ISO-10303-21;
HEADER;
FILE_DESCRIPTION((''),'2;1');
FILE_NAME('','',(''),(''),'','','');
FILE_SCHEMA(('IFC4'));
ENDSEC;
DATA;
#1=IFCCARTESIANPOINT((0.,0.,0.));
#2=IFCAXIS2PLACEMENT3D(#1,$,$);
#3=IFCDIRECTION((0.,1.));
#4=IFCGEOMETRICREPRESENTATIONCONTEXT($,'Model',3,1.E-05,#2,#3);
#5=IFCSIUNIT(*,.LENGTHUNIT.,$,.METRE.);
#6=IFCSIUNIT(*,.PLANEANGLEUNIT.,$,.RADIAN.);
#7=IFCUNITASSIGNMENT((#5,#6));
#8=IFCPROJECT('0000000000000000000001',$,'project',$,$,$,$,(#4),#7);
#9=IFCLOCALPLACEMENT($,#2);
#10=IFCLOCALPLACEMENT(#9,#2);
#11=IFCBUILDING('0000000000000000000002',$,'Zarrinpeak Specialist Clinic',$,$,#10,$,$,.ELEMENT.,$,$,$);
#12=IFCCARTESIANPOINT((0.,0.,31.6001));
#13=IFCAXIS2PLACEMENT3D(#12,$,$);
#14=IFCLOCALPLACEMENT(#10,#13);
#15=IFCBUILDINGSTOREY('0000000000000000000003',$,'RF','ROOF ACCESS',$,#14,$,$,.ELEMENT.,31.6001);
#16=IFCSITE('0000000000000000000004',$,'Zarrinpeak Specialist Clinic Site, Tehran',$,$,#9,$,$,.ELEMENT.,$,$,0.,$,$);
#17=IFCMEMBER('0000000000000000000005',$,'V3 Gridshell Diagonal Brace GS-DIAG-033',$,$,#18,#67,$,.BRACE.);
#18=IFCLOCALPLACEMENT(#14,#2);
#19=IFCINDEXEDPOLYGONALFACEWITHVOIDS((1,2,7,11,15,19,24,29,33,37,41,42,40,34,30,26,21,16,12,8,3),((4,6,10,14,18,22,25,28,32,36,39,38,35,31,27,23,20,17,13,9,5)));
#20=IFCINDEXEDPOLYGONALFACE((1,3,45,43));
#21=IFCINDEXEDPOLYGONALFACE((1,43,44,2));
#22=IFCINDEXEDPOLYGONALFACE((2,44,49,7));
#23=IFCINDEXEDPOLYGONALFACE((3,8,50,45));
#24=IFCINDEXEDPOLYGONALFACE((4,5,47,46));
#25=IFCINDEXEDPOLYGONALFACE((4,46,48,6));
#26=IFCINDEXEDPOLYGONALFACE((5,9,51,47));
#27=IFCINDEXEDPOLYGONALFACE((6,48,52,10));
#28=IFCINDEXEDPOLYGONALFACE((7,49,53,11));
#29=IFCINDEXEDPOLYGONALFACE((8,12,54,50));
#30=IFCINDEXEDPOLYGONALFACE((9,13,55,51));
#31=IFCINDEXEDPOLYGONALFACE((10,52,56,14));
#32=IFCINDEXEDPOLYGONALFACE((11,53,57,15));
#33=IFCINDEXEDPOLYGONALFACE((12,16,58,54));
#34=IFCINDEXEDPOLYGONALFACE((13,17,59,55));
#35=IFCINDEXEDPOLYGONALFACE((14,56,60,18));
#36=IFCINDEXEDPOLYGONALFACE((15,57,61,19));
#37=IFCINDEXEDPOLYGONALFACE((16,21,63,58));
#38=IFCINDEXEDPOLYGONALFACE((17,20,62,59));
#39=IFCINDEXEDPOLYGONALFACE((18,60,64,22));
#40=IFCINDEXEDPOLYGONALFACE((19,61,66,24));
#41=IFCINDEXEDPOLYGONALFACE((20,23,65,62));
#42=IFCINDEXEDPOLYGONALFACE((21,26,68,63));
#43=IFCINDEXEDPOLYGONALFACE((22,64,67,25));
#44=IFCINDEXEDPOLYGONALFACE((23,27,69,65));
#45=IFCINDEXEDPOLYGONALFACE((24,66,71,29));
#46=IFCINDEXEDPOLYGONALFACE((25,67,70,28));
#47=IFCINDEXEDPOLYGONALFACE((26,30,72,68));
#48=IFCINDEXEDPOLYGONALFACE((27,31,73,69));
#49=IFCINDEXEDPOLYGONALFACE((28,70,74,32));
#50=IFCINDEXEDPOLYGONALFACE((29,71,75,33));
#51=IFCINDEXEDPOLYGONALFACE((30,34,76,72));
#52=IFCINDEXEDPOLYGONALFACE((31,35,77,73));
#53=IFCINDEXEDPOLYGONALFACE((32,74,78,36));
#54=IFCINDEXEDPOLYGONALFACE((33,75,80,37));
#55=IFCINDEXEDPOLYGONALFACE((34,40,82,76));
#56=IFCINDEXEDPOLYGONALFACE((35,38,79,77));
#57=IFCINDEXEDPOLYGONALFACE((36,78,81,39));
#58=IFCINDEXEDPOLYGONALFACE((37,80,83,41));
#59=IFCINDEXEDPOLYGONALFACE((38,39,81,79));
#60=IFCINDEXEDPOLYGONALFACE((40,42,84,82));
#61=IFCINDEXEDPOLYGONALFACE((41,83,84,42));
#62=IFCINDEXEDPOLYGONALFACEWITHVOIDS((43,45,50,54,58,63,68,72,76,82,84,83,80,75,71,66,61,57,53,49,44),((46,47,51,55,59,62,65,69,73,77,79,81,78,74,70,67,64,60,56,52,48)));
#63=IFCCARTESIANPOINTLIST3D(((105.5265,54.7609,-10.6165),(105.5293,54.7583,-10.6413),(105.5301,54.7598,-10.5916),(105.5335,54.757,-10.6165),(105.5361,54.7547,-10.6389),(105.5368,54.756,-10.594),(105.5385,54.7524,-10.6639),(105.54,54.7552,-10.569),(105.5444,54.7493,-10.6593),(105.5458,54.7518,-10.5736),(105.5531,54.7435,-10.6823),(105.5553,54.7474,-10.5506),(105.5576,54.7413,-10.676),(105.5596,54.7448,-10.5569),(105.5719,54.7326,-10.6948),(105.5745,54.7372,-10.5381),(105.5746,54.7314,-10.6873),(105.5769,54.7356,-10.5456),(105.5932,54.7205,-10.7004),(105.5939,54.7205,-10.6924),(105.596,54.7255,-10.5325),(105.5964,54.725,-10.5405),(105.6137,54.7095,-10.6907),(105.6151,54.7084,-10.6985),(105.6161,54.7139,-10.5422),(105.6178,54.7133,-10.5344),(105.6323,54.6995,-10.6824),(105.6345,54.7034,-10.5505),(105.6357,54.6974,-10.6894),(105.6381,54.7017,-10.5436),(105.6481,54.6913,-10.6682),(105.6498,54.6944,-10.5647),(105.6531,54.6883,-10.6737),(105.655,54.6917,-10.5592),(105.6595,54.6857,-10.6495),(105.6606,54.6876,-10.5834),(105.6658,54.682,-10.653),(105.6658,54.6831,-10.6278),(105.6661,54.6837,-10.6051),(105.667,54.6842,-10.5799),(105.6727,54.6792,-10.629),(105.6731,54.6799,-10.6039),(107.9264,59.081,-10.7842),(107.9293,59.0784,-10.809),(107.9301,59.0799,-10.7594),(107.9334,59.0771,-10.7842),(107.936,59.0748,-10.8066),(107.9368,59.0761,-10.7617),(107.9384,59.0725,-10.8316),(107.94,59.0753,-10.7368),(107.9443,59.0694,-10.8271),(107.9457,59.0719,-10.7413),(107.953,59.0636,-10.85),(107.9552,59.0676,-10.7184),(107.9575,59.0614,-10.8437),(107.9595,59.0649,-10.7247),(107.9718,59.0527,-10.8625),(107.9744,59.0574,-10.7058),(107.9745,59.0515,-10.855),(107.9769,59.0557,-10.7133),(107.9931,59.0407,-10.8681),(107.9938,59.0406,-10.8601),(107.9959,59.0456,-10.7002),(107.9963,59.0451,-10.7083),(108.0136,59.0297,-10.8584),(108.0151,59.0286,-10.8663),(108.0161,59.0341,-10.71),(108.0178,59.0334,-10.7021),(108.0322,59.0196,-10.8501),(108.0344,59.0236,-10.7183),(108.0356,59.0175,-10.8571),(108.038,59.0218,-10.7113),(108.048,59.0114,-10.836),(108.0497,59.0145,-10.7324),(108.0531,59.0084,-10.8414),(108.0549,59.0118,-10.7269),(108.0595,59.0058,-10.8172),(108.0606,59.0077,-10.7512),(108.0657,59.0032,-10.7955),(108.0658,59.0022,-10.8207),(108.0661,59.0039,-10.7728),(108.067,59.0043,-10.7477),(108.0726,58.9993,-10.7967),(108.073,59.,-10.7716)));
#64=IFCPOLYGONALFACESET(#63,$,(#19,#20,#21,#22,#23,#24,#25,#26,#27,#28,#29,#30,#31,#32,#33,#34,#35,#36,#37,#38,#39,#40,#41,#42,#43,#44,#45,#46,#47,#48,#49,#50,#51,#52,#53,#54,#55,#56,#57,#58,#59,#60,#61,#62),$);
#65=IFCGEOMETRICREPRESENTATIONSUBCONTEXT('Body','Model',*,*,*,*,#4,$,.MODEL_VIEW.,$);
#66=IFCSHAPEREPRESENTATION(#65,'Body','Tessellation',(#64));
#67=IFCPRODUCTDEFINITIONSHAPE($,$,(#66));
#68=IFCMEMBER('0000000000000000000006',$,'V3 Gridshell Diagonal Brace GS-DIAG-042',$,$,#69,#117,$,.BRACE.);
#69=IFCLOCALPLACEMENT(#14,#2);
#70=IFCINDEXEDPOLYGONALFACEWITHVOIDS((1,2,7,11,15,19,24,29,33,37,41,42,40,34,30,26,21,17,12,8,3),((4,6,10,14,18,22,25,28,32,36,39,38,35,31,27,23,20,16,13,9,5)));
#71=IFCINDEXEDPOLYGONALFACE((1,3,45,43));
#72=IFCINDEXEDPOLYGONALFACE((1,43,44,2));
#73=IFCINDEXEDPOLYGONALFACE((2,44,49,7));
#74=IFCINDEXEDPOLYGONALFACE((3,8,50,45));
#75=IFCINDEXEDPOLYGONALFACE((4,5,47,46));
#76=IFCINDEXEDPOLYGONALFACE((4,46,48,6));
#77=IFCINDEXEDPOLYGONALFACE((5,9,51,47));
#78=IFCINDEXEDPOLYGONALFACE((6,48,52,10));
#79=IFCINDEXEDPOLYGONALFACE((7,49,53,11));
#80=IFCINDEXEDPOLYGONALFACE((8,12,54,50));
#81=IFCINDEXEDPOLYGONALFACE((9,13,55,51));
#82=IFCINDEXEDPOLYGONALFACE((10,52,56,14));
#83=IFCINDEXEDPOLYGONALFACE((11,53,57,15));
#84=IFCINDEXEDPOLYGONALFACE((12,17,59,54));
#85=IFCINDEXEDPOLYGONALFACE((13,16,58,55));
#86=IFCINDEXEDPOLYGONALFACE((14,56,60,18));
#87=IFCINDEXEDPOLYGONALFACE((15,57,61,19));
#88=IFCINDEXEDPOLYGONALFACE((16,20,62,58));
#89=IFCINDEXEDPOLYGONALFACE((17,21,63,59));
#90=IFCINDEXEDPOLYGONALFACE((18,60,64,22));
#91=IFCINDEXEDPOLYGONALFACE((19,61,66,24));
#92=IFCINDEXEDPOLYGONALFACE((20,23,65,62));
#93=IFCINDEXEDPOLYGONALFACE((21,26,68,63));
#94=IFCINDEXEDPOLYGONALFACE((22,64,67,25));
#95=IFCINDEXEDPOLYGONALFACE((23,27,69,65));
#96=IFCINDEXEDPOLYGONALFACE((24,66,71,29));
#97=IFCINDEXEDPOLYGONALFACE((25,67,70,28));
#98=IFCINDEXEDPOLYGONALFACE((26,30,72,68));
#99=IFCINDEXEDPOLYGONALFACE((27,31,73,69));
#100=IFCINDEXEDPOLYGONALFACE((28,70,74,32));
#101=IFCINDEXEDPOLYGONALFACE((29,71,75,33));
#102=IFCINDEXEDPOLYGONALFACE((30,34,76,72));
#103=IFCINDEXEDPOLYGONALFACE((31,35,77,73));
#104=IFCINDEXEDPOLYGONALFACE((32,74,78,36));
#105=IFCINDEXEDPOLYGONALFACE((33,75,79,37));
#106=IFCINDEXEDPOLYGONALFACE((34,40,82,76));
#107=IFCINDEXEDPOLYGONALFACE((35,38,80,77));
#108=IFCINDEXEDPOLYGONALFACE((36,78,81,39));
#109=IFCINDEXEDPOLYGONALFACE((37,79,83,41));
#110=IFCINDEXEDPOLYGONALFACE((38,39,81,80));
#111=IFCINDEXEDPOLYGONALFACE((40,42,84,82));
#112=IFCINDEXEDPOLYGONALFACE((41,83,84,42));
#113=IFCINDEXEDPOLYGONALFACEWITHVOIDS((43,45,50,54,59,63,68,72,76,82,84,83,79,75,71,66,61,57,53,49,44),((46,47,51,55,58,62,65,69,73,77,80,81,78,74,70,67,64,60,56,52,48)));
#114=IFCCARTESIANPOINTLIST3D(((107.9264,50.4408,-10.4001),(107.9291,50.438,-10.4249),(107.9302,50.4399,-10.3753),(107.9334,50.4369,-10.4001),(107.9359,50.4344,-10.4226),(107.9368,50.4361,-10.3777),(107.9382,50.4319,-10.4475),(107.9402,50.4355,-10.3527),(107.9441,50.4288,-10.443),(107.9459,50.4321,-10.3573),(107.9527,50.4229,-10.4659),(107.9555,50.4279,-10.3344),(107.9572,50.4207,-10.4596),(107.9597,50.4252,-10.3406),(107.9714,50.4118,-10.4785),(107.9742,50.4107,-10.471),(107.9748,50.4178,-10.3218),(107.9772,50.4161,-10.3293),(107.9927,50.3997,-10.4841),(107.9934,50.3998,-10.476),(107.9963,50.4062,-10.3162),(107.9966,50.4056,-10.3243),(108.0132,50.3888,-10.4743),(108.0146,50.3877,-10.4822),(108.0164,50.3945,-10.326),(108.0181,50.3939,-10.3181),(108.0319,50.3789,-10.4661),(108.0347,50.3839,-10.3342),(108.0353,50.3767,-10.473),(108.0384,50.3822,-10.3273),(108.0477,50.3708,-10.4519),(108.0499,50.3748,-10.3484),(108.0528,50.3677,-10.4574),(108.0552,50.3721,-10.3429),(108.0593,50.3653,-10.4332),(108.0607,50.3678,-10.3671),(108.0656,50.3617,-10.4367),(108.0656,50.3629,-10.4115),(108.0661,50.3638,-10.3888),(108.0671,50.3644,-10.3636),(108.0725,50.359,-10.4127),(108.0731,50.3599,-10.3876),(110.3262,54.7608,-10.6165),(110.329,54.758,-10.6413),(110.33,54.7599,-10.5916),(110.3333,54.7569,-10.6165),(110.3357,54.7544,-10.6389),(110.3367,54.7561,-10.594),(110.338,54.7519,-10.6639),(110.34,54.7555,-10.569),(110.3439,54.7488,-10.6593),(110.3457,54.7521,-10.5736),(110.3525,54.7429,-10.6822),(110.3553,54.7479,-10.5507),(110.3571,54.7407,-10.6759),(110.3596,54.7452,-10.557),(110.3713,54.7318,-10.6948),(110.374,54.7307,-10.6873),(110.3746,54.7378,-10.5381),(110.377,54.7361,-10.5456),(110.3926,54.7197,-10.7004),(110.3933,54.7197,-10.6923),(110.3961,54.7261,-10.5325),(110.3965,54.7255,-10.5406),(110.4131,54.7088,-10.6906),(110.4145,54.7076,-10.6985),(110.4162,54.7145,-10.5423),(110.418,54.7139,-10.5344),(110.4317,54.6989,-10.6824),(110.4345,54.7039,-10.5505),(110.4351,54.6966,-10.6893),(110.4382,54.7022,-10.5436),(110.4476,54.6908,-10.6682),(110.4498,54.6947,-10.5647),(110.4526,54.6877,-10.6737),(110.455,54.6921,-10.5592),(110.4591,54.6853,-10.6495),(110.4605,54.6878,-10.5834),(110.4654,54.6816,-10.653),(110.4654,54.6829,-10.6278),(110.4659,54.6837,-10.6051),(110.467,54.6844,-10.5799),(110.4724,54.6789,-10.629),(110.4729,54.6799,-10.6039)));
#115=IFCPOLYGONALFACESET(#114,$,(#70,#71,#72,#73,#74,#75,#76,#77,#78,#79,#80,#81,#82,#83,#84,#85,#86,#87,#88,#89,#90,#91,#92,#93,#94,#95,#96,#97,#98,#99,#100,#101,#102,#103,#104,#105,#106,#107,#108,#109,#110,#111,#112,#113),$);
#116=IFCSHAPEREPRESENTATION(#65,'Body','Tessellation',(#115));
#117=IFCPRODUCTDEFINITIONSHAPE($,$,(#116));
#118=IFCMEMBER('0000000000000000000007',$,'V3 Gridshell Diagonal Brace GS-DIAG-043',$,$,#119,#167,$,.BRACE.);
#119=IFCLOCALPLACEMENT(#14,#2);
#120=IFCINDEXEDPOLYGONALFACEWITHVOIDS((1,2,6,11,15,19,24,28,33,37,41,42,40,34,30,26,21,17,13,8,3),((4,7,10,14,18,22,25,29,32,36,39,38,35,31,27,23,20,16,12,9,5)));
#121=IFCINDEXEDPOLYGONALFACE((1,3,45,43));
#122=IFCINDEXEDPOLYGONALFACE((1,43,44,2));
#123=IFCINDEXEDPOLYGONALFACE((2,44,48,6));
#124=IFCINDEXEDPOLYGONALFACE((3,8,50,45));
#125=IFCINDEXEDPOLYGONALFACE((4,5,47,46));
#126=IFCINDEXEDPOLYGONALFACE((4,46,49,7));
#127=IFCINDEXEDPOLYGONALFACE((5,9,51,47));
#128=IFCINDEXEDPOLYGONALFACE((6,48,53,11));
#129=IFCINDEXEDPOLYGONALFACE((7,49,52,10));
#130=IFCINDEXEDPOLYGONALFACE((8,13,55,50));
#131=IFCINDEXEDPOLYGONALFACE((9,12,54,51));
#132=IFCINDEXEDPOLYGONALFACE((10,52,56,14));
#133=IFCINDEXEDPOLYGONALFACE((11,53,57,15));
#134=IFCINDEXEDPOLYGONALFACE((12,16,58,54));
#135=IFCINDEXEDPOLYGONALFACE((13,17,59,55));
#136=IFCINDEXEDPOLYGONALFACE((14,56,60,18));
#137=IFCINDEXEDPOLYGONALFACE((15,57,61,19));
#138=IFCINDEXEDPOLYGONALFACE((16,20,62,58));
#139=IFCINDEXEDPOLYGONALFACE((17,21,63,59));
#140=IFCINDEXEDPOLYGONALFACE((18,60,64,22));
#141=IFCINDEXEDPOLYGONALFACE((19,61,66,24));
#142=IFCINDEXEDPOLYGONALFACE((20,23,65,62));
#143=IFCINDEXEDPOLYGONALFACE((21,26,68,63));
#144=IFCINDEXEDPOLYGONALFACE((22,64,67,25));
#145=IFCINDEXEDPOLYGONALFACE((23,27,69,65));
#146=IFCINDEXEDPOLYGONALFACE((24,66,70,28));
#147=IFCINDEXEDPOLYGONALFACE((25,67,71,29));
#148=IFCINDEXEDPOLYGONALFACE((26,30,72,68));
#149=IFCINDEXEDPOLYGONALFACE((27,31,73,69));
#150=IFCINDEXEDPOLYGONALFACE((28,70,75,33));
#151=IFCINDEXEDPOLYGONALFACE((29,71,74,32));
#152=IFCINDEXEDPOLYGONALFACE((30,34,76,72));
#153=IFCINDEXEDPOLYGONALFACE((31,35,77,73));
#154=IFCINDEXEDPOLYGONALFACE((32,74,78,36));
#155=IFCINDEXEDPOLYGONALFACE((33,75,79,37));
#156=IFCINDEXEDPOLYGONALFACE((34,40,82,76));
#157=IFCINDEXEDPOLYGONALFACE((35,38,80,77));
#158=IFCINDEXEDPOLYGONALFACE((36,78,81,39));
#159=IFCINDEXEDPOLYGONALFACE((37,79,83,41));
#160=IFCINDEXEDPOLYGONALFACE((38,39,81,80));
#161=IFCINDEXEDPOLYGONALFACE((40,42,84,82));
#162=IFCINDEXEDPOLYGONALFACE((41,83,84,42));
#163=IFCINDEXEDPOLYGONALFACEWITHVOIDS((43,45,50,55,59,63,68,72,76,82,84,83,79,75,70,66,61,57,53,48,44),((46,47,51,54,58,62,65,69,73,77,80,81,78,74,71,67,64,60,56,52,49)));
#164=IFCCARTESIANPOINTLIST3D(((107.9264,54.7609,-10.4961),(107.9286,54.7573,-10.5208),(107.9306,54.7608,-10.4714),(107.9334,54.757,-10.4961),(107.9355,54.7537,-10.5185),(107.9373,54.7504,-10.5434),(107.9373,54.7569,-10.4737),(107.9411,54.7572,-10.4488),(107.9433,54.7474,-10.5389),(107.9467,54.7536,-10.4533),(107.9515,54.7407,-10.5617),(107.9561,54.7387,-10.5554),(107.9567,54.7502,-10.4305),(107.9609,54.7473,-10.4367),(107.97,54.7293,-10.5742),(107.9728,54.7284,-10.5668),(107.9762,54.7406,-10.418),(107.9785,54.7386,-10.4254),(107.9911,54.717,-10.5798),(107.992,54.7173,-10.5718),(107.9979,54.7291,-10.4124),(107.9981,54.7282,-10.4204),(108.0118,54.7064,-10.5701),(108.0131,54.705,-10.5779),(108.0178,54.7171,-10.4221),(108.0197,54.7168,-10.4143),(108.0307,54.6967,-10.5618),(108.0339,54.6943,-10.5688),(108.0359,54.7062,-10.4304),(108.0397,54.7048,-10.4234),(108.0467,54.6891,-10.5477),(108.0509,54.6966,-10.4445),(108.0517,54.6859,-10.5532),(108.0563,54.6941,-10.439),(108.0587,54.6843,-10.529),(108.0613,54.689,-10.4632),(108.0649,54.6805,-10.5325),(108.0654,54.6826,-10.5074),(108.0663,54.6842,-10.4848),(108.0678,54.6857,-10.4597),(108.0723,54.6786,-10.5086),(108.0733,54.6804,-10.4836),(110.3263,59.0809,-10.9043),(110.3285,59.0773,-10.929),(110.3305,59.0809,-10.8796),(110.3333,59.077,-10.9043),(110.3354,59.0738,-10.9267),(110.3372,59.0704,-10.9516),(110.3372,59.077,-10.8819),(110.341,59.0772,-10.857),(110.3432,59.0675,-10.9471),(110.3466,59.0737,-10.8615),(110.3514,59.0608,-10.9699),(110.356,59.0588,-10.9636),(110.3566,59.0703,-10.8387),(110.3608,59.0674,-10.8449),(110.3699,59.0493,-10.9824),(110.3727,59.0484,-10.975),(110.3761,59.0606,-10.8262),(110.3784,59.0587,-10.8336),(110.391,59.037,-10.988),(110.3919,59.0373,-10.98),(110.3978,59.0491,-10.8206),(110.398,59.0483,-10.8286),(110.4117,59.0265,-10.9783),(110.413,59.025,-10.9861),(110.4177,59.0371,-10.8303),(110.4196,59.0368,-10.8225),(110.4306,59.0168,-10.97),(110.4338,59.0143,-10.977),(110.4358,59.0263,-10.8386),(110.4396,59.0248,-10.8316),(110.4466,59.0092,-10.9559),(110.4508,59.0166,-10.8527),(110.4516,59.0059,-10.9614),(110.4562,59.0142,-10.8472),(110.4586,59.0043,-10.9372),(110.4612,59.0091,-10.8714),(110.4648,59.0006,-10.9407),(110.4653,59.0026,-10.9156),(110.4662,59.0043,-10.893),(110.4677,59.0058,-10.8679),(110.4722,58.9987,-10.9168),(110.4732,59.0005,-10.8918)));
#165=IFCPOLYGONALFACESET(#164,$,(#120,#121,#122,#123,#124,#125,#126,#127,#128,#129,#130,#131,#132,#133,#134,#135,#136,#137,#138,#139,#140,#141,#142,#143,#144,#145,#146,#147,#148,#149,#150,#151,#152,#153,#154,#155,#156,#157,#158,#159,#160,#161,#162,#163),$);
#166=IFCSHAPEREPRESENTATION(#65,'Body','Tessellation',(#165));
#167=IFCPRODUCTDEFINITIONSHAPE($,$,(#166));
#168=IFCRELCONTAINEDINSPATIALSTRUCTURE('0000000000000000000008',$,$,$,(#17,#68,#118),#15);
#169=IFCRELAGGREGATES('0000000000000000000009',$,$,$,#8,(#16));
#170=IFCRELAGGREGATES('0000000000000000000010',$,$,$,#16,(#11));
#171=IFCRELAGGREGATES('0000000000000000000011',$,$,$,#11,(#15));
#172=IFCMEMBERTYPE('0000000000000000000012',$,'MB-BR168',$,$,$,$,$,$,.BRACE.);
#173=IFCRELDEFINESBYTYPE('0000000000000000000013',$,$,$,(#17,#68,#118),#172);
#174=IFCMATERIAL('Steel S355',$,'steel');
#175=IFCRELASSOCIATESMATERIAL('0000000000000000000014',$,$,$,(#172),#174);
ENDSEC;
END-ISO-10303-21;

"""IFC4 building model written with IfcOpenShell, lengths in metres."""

from ifc_helpers import new_model, si_unit, direction, frame, origin, origin_2d, place, context, subcontext, project, spatial, hollow_circle, extrude, material, material_profile, profile_set, type_object, element, save


model = new_model("IFC4")

# Units and contexts
model_context = context("Model", 3, precision=1e-05, world=origin(), true_north=direction((0.0, 1.0)))
body_context = subcontext(model_context, "Body", "Model", "MODEL_VIEW")
ifc_project = project(units=[si_unit("LENGTHUNIT", "METRE"), si_unit("PLANEANGLEUNIT", "RADIAN")], contexts=[model_context])

# Site, building, storey
site_placement = place(None, origin())
site = spatial("IfcSite", under=ifc_project, at=site_placement, Name="Zarrinpeak Specialist Clinic Site, Tehran", CompositionType="ELEMENT", RefElevation=0.0)
building_placement = place(site_placement, origin())
building = spatial("IfcBuilding", under=site, at=building_placement, Name="Zarrinpeak Specialist Clinic", CompositionType="ELEMENT")
storey_placement = place(building_placement, frame((0.0, 0.0, 31.6001)))
storey = spatial("IfcBuildingStorey", under=building, at=storey_placement, Name="RF", Description="ROOF ACCESS", CompositionType="ELEMENT", Elevation=31.6001)

# Members
ifc_material_1 = material(Name="Steel S355", Category="steel")
ifc_material_profile_1 = material_profile(ifc_material_1, hollow_circle(Radius=0.0842, WallThickness=0.0081, at=origin_2d()), Name="CHS 168.3x8.0")
ifc_profile_set_1 = profile_set([ifc_material_profile_1], Name="Steel S355")
member_type_1 = type_object("IfcMemberType", Name="MB-BR168", PredefinedType="BRACE", material=ifc_profile_set_1)
member_1_placement = place(storey_placement, frame((105.6001, 54.72, -10.6165), z_axis=(0.485343, 0.873666, -0.03392), x_axis=(-0.874169, 0.485622, 0.0)))
element("IfcMember", 1, at=member_1_placement, inside=storey, type_object=member_type_1, Name="V3 Gridshell Diagonal Brace GS-DIAG-033", PredefinedType="BRACE", context=body_context, shape_type="SweptSolid", body=[
    extrude(hollow_circle(Radius=0.0842, WallThickness=0.0081, at=origin_2d()), origin(), (0.0, 0.0, 1.0), 4.9448),
])
member_2_placement = place(storey_placement, frame((108.0, 50.3999, -10.4001), z_axis=(0.485157, 0.873333, -0.043728), x_axis=(-0.874169, 0.485622, 0.0)))
element("IfcMember", 2, at=member_2_placement, inside=storey, type_object=member_type_1, Name="V3 Gridshell Diagonal Brace GS-DIAG-042", PredefinedType="BRACE", context=body_context, shape_type="SweptSolid", body=[
    extrude(hollow_circle(Radius=0.0842, WallThickness=0.0081, at=origin_2d()), origin(), (0.0, 0.0, 1.0), 4.9465),
])
member_3_placement = place(storey_placement, frame((108.0, 54.72, -10.4961), z_axis=(0.483974, 0.871202, -0.08232), x_axis=(-0.874169, 0.485622, 0.0)))
element("IfcMember", 3, at=member_3_placement, inside=storey, type_object=member_type_1, Name="V3 Gridshell Diagonal Brace GS-DIAG-043", PredefinedType="BRACE", context=body_context, shape_type="SweptSolid", body=[
    extrude(hollow_circle(Radius=0.0842, WallThickness=0.0081, at=origin_2d()), origin(), (0.0, 0.0, 1.0), 4.9587),
])

save(model, "model.ifc")
